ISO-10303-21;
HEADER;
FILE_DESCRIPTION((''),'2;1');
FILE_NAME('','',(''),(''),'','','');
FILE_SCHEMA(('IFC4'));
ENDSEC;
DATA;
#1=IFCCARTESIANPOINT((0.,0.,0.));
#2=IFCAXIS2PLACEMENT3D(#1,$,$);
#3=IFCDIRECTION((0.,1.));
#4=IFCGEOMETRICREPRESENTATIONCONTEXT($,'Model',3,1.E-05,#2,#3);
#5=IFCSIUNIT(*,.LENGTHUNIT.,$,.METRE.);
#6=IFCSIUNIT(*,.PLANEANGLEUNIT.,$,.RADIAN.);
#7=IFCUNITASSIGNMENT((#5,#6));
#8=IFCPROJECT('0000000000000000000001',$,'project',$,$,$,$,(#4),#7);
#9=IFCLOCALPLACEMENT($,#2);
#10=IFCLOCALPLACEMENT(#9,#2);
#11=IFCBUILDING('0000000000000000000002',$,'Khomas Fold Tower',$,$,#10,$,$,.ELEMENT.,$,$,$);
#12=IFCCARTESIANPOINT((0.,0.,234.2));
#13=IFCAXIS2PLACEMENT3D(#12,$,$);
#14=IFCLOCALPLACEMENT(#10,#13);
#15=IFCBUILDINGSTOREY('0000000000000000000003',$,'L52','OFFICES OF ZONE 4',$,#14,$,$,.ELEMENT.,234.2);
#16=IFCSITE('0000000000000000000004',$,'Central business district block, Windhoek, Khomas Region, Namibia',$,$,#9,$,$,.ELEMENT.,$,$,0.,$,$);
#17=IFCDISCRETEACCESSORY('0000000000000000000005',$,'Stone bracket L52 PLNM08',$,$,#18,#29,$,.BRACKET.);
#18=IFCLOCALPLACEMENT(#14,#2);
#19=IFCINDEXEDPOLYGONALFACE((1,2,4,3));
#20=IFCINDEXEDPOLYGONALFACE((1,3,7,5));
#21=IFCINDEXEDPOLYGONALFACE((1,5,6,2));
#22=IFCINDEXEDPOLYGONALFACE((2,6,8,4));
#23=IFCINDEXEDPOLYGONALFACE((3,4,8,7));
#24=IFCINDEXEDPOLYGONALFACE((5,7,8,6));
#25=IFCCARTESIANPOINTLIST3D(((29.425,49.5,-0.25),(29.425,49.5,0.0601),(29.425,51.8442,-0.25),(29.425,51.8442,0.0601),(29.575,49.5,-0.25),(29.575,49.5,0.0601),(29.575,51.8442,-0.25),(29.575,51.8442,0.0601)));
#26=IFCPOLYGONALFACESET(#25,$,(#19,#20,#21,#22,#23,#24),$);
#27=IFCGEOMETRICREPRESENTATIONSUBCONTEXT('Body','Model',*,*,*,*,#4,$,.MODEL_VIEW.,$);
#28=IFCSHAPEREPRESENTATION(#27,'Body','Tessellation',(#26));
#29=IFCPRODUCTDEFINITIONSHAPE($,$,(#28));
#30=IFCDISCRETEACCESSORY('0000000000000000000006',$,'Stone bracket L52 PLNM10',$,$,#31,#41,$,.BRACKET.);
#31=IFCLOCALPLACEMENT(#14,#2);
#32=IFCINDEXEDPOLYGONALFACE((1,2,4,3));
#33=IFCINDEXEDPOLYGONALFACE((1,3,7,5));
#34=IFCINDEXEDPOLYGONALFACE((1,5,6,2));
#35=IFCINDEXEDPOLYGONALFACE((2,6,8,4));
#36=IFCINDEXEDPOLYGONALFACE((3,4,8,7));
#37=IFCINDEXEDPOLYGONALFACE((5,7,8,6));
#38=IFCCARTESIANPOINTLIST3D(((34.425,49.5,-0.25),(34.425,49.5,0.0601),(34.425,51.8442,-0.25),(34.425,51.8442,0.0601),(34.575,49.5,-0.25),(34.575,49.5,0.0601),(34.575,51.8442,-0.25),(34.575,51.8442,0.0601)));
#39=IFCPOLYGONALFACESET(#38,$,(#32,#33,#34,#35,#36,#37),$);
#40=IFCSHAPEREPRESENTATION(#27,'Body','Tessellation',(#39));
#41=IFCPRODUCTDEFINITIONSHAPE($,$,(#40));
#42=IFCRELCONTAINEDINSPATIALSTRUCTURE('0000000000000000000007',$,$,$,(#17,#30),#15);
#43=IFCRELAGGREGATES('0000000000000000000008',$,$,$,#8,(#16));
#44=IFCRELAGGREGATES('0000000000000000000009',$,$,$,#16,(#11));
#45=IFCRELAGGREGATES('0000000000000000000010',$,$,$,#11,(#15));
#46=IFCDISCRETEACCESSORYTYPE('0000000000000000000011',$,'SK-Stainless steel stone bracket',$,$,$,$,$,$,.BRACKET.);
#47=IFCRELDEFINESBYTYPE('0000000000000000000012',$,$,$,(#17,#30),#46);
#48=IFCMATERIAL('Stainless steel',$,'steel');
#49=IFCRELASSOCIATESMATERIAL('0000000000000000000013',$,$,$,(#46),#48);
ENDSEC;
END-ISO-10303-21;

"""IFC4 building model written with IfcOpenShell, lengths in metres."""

from ifc_helpers import new_model, si_unit, direction, frame, origin, origin_2d, place, context, subcontext, project, spatial, rectangle, extrude, source, transform, mapped, material, type_object, element, save


model = new_model("IFC4")

# Units and contexts
model_context = context("Model", 3, precision=1e-05, world=origin(), true_north=direction((0.0, 1.0)))
body_context = subcontext(model_context, "Body", "Model", "MODEL_VIEW")
ifc_project = project(units=[si_unit("LENGTHUNIT", "METRE"), si_unit("PLANEANGLEUNIT", "RADIAN")], contexts=[model_context])

# Site, building, storey
site_placement = place(None, origin())
site = spatial("IfcSite", under=ifc_project, at=site_placement, Name="Central business district block, Windhoek, Khomas Region, Namibia", CompositionType="ELEMENT", RefElevation=0.0)
building_placement = place(site_placement, origin())
building = spatial("IfcBuilding", under=site, at=building_placement, Name="Khomas Fold Tower", CompositionType="ELEMENT")
storey_placement = place(building_placement, frame((0.0, 0.0, 234.2)))
storey = spatial("IfcBuildingStorey", under=building, at=storey_placement, Name="L52", Description="OFFICES OF ZONE 4", CompositionType="ELEMENT", Elevation=234.2)

# Discrete accessories
ifc_material_1 = material(Name="Stainless steel", Category="steel")
discrete_accessory_type = type_object("IfcDiscreteAccessoryType", Name="SK-Stainless steel stone bracket", PredefinedType="BRACKET", material=ifc_material_1)
shared_shape_1 = source(origin(), body_context, "Body", "SweptSolid", [
    extrude(rectangle(XDim=2.3442, YDim=0.1499, at=origin_2d()), origin(), (0.0, 0.0, 1.0), 0.3101),
])
for number, where, z_axis, x_axis, name in (
    (1, (29.5, 50.6721, -0.25), (0.0, 0.0, 1.0), (0.0, 1.0, 0.0), "Stone bracket L52 PLNM08"),
    (2, (34.5, 50.6721, -0.25), (0.0, 0.0, 1.0), (0.0, 1.0, 0.0), "Stone bracket L52 PLNM10"),
):
    element("IfcDiscreteAccessory", number, at=place(storey_placement, frame(where, z_axis=z_axis, x_axis=x_axis)), inside=storey, type_object=discrete_accessory_type, Name=name, PredefinedType="BRACKET", context=body_context, shape_type="MappedRepresentation", body=[
        mapped(shared_shape_1, transform((0.0, 0.0, 0.0))),
    ])

save(model, "model.ifc")
